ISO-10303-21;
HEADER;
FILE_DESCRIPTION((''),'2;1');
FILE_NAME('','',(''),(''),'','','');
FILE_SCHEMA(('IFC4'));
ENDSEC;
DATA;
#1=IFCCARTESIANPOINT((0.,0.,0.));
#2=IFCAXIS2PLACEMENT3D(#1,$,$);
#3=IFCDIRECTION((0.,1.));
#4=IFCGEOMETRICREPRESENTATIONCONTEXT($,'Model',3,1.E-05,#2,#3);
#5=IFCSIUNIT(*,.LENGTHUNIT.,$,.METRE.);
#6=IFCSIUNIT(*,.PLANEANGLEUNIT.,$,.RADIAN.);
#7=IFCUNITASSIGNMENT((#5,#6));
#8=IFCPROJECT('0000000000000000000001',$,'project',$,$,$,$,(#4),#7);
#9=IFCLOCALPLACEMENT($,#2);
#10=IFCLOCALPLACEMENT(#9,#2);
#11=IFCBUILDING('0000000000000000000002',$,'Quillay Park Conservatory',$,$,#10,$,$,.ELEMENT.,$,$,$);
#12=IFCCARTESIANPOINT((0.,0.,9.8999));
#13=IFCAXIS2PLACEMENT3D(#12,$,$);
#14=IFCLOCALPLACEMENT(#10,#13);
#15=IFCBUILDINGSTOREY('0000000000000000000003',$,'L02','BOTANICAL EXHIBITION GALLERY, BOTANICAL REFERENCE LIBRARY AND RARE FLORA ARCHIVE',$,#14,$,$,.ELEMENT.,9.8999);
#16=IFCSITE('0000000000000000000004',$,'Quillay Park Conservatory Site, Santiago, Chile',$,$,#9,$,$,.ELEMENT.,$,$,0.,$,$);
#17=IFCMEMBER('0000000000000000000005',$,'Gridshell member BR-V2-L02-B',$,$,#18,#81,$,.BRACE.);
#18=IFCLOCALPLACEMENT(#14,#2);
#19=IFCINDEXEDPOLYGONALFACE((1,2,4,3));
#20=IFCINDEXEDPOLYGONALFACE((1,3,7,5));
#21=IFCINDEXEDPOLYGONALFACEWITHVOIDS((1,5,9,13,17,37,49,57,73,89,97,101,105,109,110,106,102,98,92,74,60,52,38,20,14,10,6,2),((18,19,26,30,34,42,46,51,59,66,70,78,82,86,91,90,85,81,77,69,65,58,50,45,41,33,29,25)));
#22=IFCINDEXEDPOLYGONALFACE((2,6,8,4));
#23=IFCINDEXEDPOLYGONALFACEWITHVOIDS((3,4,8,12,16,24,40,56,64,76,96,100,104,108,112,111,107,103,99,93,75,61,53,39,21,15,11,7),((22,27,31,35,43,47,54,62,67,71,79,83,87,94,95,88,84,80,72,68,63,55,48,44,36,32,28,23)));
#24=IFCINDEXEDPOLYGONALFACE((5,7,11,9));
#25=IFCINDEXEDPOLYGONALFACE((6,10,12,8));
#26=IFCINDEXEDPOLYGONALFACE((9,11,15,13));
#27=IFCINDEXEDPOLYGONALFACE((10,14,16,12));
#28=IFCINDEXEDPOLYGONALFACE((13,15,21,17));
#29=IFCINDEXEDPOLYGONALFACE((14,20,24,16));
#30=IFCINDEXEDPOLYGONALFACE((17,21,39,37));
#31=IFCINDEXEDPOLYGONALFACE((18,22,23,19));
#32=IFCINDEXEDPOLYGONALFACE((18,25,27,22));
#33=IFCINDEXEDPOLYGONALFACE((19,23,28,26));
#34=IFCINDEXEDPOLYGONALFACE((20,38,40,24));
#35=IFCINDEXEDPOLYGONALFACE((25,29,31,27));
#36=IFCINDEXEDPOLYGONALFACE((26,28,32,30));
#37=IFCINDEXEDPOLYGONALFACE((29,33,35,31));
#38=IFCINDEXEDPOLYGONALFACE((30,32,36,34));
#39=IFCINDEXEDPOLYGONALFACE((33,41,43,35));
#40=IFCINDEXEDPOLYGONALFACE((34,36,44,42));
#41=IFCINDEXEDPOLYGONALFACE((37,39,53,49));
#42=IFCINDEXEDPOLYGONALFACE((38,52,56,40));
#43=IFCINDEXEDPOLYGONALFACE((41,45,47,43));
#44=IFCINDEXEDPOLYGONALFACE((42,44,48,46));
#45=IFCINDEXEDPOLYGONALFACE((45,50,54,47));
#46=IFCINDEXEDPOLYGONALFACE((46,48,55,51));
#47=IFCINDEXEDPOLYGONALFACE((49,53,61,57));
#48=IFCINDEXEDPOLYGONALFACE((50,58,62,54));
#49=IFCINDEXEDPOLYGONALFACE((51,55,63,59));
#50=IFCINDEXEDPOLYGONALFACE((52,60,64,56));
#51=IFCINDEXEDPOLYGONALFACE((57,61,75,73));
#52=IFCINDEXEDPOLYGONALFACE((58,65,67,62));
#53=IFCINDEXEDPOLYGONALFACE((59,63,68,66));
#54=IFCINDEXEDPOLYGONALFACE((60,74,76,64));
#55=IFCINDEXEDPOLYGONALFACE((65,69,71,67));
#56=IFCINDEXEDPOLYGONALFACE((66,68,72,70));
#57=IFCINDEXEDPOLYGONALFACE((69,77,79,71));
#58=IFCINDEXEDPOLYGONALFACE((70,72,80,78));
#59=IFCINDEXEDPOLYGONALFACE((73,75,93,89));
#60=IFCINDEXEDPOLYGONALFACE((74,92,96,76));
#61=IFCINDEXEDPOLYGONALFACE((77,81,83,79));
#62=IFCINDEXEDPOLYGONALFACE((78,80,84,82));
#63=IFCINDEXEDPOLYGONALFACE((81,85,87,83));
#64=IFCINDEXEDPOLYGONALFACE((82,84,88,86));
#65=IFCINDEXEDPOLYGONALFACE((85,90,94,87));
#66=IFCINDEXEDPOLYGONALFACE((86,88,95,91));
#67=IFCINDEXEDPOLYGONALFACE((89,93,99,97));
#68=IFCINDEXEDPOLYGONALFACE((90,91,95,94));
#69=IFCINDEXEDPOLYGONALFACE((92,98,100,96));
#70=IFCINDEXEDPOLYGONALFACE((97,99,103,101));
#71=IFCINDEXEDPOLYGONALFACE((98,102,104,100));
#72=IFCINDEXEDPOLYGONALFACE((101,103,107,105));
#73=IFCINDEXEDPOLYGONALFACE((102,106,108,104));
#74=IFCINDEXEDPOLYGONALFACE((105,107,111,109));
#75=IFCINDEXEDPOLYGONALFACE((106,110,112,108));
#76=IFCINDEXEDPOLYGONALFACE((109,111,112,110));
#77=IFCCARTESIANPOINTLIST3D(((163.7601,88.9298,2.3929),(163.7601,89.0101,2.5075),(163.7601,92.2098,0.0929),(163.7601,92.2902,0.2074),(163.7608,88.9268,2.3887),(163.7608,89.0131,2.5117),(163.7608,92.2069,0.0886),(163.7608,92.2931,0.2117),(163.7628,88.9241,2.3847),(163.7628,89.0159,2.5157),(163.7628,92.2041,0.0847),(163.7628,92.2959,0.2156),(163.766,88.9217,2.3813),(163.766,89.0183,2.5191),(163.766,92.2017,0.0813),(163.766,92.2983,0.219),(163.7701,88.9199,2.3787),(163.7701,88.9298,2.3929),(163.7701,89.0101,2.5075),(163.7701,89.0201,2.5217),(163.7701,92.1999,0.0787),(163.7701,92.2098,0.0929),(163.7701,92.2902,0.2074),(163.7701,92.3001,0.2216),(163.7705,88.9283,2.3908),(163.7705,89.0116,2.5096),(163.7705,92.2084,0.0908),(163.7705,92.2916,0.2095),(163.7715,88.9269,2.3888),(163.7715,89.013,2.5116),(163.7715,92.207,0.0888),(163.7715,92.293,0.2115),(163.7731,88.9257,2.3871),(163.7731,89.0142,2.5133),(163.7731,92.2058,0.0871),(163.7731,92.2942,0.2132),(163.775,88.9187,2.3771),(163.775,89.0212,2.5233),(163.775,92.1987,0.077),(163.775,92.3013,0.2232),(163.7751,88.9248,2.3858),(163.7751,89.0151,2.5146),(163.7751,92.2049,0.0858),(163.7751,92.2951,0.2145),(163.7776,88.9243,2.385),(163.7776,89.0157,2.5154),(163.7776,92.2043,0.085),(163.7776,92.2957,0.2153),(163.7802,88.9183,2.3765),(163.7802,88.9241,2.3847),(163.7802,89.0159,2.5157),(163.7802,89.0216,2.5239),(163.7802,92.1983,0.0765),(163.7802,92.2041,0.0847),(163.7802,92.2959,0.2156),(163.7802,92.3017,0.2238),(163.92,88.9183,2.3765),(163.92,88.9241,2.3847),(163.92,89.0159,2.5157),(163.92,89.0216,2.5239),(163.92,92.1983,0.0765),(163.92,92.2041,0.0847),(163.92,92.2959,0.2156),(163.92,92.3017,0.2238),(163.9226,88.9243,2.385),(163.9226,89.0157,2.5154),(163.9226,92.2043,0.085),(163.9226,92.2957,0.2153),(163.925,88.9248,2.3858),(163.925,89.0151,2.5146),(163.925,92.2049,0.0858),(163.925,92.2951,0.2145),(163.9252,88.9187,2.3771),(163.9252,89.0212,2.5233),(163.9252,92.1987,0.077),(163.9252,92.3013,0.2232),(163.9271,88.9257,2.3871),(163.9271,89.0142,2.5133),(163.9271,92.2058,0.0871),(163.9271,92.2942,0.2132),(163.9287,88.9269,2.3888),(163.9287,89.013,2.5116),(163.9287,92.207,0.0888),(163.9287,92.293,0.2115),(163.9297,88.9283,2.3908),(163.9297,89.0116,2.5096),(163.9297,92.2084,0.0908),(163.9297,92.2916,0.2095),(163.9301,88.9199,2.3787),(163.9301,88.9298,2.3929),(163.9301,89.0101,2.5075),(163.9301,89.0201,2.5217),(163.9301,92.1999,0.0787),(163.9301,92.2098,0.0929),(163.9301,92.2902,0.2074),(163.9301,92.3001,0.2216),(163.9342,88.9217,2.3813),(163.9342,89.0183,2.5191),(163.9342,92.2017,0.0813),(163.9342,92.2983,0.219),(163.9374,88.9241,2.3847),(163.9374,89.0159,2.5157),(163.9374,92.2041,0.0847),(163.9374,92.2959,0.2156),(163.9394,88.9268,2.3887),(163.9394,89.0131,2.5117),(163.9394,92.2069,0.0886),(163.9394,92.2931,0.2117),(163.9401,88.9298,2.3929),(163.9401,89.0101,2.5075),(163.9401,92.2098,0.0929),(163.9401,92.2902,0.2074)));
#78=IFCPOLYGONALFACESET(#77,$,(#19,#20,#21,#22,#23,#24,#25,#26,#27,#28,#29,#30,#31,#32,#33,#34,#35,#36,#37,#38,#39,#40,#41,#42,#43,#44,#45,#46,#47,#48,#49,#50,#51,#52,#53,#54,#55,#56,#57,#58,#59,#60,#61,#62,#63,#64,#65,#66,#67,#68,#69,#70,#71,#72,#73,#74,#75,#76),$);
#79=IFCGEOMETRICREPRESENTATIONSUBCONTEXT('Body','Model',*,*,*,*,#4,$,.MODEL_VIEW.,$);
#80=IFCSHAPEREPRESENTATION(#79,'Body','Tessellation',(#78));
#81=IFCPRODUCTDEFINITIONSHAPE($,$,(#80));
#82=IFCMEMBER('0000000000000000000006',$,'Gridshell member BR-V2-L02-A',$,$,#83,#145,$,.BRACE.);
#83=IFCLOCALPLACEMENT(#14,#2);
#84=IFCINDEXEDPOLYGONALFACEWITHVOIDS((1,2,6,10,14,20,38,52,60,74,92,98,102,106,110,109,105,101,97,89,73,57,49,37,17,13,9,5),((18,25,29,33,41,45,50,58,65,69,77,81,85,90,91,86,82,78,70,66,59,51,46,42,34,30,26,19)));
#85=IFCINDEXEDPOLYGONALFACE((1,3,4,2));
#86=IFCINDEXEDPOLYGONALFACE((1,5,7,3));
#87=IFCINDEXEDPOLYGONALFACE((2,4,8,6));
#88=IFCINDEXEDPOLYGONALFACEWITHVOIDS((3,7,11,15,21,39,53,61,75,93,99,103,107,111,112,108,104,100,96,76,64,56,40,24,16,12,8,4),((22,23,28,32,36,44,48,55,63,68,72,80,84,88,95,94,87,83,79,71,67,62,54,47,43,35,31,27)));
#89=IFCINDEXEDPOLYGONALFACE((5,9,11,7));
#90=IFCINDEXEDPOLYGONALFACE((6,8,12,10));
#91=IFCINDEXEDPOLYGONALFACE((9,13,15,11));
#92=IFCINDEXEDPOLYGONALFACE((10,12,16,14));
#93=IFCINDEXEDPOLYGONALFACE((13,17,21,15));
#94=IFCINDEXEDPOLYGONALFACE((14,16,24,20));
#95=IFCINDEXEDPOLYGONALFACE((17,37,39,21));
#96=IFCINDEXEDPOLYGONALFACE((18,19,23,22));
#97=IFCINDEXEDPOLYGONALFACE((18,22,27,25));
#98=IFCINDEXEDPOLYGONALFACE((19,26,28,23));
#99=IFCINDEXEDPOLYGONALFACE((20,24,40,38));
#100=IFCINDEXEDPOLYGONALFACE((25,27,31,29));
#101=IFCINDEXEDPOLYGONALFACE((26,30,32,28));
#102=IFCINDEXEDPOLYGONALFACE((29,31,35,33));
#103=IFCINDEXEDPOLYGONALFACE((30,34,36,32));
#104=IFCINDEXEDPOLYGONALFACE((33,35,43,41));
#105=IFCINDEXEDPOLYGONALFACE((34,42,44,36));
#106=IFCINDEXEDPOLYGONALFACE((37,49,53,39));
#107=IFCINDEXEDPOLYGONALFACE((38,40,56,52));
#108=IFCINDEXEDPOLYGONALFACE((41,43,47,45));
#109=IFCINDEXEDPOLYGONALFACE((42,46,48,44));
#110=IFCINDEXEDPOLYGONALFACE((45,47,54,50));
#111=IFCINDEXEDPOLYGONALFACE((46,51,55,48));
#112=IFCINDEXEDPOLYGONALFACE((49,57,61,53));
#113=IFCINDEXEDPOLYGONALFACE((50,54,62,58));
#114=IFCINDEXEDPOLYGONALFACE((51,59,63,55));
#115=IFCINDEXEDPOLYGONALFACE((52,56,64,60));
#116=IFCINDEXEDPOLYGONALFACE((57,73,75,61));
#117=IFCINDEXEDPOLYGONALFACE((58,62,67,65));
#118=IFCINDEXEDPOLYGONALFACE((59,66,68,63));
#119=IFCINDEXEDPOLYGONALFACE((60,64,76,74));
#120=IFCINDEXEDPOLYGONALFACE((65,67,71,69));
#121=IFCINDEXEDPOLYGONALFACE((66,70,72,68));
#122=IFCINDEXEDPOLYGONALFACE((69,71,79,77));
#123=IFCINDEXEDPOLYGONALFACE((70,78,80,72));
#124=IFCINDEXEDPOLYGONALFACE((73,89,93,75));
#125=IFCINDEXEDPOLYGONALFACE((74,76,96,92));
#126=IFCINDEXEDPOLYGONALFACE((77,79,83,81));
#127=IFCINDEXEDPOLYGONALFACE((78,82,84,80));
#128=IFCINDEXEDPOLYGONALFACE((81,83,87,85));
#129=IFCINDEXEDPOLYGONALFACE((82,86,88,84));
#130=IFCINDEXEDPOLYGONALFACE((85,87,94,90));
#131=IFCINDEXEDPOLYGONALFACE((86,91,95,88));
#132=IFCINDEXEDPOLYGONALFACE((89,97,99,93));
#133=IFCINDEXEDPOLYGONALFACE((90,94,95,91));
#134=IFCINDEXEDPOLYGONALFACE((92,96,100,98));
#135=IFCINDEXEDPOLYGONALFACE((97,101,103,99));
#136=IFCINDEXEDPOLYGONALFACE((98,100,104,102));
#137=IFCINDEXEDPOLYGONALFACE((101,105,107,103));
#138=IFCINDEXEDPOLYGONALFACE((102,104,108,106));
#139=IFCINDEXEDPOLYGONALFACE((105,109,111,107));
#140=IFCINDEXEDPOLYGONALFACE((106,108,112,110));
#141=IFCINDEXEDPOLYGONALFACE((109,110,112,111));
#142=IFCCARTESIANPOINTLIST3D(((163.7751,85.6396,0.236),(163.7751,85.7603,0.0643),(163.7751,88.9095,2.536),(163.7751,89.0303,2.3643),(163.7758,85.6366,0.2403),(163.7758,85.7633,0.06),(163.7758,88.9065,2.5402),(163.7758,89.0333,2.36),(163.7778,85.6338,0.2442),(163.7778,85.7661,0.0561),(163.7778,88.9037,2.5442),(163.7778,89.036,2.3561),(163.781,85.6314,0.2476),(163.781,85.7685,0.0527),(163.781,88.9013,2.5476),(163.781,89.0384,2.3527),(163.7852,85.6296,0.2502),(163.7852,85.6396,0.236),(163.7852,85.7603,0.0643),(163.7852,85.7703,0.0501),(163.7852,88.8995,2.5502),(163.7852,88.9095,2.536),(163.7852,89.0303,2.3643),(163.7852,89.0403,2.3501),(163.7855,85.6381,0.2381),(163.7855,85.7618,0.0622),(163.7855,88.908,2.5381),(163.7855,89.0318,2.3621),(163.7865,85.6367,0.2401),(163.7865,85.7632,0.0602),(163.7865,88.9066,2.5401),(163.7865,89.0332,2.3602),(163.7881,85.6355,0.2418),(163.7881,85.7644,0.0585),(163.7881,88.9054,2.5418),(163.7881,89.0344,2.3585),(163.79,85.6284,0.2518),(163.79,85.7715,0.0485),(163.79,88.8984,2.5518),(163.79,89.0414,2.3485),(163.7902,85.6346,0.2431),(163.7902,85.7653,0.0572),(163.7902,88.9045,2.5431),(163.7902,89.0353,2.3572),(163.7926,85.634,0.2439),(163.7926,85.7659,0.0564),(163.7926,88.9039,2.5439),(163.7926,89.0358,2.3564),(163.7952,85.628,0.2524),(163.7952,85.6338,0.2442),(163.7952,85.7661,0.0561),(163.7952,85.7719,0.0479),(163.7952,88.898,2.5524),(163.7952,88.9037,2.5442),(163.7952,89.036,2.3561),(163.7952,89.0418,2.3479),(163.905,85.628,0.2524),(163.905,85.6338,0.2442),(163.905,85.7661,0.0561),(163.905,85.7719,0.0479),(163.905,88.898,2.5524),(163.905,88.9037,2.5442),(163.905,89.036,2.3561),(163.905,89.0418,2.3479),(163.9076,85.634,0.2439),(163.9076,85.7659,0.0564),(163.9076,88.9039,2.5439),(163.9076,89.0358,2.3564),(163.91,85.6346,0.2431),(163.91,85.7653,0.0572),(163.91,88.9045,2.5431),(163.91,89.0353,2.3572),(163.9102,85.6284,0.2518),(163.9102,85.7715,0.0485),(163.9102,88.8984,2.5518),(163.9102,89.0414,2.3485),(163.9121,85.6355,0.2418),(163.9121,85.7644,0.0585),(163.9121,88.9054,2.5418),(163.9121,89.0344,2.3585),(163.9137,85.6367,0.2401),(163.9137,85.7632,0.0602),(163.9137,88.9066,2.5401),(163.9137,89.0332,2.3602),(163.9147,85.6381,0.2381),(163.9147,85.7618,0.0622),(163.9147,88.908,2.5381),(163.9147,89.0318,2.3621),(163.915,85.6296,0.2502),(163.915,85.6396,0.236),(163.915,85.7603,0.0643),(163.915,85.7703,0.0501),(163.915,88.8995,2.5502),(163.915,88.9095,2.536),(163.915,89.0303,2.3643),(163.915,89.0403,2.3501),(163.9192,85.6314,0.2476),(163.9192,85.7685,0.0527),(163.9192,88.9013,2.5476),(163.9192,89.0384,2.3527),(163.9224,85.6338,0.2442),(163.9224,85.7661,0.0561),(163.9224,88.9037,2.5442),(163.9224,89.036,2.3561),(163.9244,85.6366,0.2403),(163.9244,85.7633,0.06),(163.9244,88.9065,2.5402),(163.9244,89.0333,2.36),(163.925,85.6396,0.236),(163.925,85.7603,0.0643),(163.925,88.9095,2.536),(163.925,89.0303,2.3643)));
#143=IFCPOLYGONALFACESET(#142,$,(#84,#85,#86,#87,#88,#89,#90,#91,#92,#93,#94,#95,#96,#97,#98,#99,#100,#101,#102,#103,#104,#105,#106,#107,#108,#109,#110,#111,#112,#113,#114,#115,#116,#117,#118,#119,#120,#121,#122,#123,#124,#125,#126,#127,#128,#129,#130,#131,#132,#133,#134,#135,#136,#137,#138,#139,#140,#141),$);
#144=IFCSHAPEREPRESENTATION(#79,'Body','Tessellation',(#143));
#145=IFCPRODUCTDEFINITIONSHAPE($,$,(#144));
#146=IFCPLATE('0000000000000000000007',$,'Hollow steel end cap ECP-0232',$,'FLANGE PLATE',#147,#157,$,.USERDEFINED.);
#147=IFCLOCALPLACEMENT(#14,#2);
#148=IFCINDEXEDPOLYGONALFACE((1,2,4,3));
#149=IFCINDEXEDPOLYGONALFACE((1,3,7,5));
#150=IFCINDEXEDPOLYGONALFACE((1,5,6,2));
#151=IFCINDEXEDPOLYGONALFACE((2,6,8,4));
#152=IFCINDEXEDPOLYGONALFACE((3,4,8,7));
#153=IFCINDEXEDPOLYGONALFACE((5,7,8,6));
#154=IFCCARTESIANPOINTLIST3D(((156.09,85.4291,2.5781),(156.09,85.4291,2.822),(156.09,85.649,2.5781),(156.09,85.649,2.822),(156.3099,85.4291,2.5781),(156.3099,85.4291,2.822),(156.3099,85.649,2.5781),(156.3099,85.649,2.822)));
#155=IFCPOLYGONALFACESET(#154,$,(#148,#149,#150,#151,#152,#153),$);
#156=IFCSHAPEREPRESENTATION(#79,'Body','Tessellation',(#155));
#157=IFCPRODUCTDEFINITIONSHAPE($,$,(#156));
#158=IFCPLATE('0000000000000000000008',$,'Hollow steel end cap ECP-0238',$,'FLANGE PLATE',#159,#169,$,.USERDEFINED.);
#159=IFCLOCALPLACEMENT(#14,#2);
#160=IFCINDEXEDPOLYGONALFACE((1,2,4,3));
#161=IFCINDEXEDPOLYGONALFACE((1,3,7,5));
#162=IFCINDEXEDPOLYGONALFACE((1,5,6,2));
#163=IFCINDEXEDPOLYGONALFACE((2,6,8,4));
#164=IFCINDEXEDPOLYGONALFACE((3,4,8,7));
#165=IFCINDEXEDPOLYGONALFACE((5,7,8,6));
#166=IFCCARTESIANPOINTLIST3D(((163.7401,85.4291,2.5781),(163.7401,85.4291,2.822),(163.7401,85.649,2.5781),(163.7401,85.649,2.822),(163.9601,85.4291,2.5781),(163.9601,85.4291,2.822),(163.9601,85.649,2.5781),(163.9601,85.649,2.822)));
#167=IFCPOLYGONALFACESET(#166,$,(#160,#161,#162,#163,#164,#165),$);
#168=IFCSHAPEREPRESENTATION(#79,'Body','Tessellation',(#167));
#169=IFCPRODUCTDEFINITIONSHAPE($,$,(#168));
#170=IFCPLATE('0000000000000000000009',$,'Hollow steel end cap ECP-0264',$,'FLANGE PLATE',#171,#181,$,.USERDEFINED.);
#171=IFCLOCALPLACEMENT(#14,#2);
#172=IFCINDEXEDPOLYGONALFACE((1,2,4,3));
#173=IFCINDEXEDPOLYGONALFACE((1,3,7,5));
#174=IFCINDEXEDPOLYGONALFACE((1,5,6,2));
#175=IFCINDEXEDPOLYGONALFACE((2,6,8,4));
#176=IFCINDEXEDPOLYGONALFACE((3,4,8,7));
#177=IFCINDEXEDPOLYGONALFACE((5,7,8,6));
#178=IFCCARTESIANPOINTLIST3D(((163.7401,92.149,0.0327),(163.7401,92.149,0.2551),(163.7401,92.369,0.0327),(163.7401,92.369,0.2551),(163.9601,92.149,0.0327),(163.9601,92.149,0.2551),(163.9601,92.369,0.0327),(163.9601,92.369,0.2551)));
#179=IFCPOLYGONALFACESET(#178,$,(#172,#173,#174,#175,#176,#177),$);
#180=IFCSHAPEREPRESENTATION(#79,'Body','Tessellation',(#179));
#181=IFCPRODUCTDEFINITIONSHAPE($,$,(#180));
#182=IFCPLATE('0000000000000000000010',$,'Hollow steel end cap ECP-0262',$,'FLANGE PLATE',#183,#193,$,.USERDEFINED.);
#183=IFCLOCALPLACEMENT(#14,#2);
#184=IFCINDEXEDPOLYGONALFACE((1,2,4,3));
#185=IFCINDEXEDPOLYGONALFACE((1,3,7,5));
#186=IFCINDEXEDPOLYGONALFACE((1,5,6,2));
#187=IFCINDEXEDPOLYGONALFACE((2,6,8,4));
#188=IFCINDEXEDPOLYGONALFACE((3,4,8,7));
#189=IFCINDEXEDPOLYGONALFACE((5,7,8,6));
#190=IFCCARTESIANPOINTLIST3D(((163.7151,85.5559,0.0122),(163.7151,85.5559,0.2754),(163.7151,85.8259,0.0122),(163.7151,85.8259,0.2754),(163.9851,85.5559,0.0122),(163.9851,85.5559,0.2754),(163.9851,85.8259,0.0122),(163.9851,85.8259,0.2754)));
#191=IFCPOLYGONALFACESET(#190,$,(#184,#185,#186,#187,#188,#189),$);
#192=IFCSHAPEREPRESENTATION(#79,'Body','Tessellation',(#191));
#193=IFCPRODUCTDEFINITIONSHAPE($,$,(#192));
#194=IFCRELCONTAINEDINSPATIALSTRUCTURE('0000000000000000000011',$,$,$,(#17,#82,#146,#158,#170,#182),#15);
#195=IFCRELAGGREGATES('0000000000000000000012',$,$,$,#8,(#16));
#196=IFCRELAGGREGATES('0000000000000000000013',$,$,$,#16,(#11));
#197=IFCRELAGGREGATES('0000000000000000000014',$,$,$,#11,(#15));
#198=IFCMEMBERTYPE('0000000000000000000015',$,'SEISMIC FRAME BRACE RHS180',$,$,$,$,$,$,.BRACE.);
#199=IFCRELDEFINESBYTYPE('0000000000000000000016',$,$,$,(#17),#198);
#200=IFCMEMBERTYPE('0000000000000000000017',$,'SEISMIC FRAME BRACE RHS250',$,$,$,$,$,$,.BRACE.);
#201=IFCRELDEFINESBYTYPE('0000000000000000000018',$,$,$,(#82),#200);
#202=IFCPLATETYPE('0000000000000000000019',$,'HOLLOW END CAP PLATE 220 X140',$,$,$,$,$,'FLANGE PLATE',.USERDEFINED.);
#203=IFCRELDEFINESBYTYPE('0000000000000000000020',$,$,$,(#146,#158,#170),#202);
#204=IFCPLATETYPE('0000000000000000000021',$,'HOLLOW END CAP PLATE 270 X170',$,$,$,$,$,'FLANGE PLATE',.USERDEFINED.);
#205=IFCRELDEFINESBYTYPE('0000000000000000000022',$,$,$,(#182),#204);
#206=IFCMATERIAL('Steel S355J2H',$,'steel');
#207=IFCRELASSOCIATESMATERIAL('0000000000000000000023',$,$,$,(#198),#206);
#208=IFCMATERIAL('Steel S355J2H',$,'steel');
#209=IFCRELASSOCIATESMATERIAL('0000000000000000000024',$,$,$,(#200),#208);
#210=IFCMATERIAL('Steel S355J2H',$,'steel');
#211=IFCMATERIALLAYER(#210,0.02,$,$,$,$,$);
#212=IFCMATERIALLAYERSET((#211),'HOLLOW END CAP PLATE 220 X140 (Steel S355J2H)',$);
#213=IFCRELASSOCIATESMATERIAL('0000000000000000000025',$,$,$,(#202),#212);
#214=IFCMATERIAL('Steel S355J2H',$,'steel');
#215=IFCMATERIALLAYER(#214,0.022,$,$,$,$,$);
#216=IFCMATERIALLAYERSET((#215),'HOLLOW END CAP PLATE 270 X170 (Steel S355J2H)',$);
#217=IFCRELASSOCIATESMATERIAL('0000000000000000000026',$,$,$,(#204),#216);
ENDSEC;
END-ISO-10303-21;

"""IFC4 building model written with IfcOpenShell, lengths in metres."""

from ifc_helpers import new_model, si_unit, direction, frame, origin, origin_2d, place, context, subcontext, project, spatial, rectangle, hollow_rectangle, extrude, material, layer, layer_set, material_profile, profile_set, type_object, element, save


model = new_model("IFC4")

# Units and contexts
model_context = context("Model", 3, precision=1e-05, world=origin(), true_north=direction((0.0, 1.0)))
body_context = subcontext(model_context, "Body", "Model", "MODEL_VIEW")
ifc_project = project(units=[si_unit("LENGTHUNIT", "METRE"), si_unit("PLANEANGLEUNIT", "RADIAN")], contexts=[model_context])

# Site, building, storey
site_placement = place(None, origin())
site = spatial("IfcSite", under=ifc_project, at=site_placement, Name="Quillay Park Conservatory Site, Santiago, Chile", CompositionType="ELEMENT", RefElevation=0.0)
building_placement = place(site_placement, origin())
building = spatial("IfcBuilding", under=site, at=building_placement, Name="Quillay Park Conservatory", CompositionType="ELEMENT")
storey_placement = place(building_placement, frame((0.0, 0.0, 9.8999)))
storey = spatial("IfcBuildingStorey", under=building, at=storey_placement, Name="L02", Description="BOTANICAL EXHIBITION GALLERY, BOTANICAL REFERENCE LIBRARY AND RARE FLORA ARCHIVE", CompositionType="ELEMENT", Elevation=9.8999)

# Members
ifc_material_1 = material(Name="Steel S355J2H", Category="steel")
ifc_material_profile_1 = material_profile(ifc_material_1, hollow_rectangle(XDim=0.1799, YDim=0.1799, WallThickness=0.01, InnerFilletRadius=0.01, OuterFilletRadius=0.02, at=origin_2d()), Name="RHS180x180x10")
ifc_profile_set_1 = profile_set([ifc_material_profile_1], Name="Steel S355J2H")
member_type_1 = type_object("IfcMemberType", Name="SEISMIC FRAME BRACE RHS180", PredefinedType="BRACE", material=ifc_profile_set_1)
member_1_placement = place(storey_placement, frame((163.8501, 92.25, 0.1501), z_axis=(0.0, -0.818759, 0.574137), x_axis=(1.0, 0.0, 0.0)))
element("IfcMember", 1, at=member_1_placement, inside=storey, type_object=member_type_1, Name="Gridshell member BR-V2-L02-B", PredefinedType="BRACE", context=body_context, shape_type="SweptSolid", body=[
    extrude(hollow_rectangle(XDim=0.1799, YDim=0.1799, WallThickness=0.01, InnerFilletRadius=0.01, OuterFilletRadius=0.02, at=origin_2d()), origin(), (0.0, 0.0, 1.0), 4.0061),
])
ifc_material_2 = material(Name="Steel S355J2H", Category="steel")
ifc_material_profile_2 = material_profile(ifc_material_2, hollow_rectangle(XDim=0.1499, YDim=0.25, WallThickness=0.01, InnerFilletRadius=0.01, OuterFilletRadius=0.02, at=origin_2d()), Name="RHS250x150x10")
ifc_profile_set_2 = profile_set([ifc_material_profile_2], Name="Steel S355J2H")
member_type_2 = type_object("IfcMemberType", Name="SEISMIC FRAME BRACE RHS250", PredefinedType="BRACE", material=ifc_profile_set_2)
member_2_placement = place(storey_placement, frame((163.8501, 85.7, 0.1501), z_axis=(0.0, 0.817933, 0.575313), x_axis=(-1.0, 0.0, 0.0)))
element("IfcMember", 2, at=member_2_placement, inside=storey, type_object=member_type_2, Name="Gridshell member BR-V2-L02-A", PredefinedType="BRACE", context=body_context, shape_type="SweptSolid", body=[
    extrude(hollow_rectangle(XDim=0.1499, YDim=0.25, WallThickness=0.01, InnerFilletRadius=0.01, OuterFilletRadius=0.02, at=origin_2d()), origin(), (0.0, 0.0, 1.0), 3.9978),
])

# Plates
ifc_material_3 = material(Name="Steel S355J2H", Category="steel")
ifc_layer_1 = layer(ifc_material_3, 0.02)
ifc_layer_set_1 = layer_set([ifc_layer_1], Name="HOLLOW END CAP PLATE 220 X140 (Steel S355J2H)")
plate_type_1 = type_object("IfcPlateType", Name="HOLLOW END CAP PLATE 220 X140", ElementType="FLANGE PLATE", PredefinedType="USERDEFINED", material=ifc_layer_set_1)
for number, where, z_axis, x_axis, name in (
    (3, (156.2, 85.5391, 2.5781), (0.0, 0.0, 1.0), (1.0, 0.0, 0.0), "Hollow steel end cap ECP-0232"),
    (4, (163.8501, 85.5391, 2.5781), (0.0, 0.0, 1.0), (1.0, 0.0, 0.0), "Hollow steel end cap ECP-0238"),
):
    element("IfcPlate", number, at=place(storey_placement, frame(where, z_axis=z_axis, x_axis=x_axis)), inside=storey, type_object=plate_type_1, Name=name, ObjectType="FLANGE PLATE", PredefinedType="USERDEFINED", context=body_context, shape_type="SweptSolid", body=[
        extrude(rectangle(XDim=0.22, YDim=0.22, at=origin_2d()), origin(), (0.0, 0.0, 1.0), 0.2439),
    ])
plate_placement = place(storey_placement, frame((163.8501, 92.259, 0.0327), z_axis=(0.0, 0.0, 1.0), x_axis=(1.0, 0.0, 0.0)))
element("IfcPlate", 5, at=plate_placement, inside=storey, type_object=plate_type_1, Name="Hollow steel end cap ECP-0264", ObjectType="FLANGE PLATE", PredefinedType="USERDEFINED", context=body_context, shape_type="SweptSolid", body=[
    extrude(rectangle(XDim=0.22, YDim=0.22, at=origin_2d()), origin(), (0.0, 0.0, 1.0), 0.2224),
])
ifc_material_4 = material(Name="Steel S355J2H", Category="steel")
ifc_layer_2 = layer(ifc_material_4, 0.022)
ifc_layer_set_2 = layer_set([ifc_layer_2], Name="HOLLOW END CAP PLATE 270 X170 (Steel S355J2H)")
plate_type_2 = type_object("IfcPlateType", Name="HOLLOW END CAP PLATE 270 X170", ElementType="FLANGE PLATE", PredefinedType="USERDEFINED", material=ifc_layer_set_2)
for number, where, z_axis, x_axis, name in (
    (6, (163.8501, 85.6909, 0.0122), (0.0, 0.0, 1.0), (1.0, 0.0, 0.0), "Hollow steel end cap ECP-0262"),
):
    element("IfcPlate", number, at=place(storey_placement, frame(where, z_axis=z_axis, x_axis=x_axis)), inside=storey, type_object=plate_type_2, Name=name, ObjectType="FLANGE PLATE", PredefinedType="USERDEFINED", context=body_context, shape_type="SweptSolid", body=[
        extrude(rectangle(XDim=0.27, YDim=0.27, at=origin_2d()), origin(), (0.0, 0.0, 1.0), 0.2632),
    ])

save(model, "model.ifc")
